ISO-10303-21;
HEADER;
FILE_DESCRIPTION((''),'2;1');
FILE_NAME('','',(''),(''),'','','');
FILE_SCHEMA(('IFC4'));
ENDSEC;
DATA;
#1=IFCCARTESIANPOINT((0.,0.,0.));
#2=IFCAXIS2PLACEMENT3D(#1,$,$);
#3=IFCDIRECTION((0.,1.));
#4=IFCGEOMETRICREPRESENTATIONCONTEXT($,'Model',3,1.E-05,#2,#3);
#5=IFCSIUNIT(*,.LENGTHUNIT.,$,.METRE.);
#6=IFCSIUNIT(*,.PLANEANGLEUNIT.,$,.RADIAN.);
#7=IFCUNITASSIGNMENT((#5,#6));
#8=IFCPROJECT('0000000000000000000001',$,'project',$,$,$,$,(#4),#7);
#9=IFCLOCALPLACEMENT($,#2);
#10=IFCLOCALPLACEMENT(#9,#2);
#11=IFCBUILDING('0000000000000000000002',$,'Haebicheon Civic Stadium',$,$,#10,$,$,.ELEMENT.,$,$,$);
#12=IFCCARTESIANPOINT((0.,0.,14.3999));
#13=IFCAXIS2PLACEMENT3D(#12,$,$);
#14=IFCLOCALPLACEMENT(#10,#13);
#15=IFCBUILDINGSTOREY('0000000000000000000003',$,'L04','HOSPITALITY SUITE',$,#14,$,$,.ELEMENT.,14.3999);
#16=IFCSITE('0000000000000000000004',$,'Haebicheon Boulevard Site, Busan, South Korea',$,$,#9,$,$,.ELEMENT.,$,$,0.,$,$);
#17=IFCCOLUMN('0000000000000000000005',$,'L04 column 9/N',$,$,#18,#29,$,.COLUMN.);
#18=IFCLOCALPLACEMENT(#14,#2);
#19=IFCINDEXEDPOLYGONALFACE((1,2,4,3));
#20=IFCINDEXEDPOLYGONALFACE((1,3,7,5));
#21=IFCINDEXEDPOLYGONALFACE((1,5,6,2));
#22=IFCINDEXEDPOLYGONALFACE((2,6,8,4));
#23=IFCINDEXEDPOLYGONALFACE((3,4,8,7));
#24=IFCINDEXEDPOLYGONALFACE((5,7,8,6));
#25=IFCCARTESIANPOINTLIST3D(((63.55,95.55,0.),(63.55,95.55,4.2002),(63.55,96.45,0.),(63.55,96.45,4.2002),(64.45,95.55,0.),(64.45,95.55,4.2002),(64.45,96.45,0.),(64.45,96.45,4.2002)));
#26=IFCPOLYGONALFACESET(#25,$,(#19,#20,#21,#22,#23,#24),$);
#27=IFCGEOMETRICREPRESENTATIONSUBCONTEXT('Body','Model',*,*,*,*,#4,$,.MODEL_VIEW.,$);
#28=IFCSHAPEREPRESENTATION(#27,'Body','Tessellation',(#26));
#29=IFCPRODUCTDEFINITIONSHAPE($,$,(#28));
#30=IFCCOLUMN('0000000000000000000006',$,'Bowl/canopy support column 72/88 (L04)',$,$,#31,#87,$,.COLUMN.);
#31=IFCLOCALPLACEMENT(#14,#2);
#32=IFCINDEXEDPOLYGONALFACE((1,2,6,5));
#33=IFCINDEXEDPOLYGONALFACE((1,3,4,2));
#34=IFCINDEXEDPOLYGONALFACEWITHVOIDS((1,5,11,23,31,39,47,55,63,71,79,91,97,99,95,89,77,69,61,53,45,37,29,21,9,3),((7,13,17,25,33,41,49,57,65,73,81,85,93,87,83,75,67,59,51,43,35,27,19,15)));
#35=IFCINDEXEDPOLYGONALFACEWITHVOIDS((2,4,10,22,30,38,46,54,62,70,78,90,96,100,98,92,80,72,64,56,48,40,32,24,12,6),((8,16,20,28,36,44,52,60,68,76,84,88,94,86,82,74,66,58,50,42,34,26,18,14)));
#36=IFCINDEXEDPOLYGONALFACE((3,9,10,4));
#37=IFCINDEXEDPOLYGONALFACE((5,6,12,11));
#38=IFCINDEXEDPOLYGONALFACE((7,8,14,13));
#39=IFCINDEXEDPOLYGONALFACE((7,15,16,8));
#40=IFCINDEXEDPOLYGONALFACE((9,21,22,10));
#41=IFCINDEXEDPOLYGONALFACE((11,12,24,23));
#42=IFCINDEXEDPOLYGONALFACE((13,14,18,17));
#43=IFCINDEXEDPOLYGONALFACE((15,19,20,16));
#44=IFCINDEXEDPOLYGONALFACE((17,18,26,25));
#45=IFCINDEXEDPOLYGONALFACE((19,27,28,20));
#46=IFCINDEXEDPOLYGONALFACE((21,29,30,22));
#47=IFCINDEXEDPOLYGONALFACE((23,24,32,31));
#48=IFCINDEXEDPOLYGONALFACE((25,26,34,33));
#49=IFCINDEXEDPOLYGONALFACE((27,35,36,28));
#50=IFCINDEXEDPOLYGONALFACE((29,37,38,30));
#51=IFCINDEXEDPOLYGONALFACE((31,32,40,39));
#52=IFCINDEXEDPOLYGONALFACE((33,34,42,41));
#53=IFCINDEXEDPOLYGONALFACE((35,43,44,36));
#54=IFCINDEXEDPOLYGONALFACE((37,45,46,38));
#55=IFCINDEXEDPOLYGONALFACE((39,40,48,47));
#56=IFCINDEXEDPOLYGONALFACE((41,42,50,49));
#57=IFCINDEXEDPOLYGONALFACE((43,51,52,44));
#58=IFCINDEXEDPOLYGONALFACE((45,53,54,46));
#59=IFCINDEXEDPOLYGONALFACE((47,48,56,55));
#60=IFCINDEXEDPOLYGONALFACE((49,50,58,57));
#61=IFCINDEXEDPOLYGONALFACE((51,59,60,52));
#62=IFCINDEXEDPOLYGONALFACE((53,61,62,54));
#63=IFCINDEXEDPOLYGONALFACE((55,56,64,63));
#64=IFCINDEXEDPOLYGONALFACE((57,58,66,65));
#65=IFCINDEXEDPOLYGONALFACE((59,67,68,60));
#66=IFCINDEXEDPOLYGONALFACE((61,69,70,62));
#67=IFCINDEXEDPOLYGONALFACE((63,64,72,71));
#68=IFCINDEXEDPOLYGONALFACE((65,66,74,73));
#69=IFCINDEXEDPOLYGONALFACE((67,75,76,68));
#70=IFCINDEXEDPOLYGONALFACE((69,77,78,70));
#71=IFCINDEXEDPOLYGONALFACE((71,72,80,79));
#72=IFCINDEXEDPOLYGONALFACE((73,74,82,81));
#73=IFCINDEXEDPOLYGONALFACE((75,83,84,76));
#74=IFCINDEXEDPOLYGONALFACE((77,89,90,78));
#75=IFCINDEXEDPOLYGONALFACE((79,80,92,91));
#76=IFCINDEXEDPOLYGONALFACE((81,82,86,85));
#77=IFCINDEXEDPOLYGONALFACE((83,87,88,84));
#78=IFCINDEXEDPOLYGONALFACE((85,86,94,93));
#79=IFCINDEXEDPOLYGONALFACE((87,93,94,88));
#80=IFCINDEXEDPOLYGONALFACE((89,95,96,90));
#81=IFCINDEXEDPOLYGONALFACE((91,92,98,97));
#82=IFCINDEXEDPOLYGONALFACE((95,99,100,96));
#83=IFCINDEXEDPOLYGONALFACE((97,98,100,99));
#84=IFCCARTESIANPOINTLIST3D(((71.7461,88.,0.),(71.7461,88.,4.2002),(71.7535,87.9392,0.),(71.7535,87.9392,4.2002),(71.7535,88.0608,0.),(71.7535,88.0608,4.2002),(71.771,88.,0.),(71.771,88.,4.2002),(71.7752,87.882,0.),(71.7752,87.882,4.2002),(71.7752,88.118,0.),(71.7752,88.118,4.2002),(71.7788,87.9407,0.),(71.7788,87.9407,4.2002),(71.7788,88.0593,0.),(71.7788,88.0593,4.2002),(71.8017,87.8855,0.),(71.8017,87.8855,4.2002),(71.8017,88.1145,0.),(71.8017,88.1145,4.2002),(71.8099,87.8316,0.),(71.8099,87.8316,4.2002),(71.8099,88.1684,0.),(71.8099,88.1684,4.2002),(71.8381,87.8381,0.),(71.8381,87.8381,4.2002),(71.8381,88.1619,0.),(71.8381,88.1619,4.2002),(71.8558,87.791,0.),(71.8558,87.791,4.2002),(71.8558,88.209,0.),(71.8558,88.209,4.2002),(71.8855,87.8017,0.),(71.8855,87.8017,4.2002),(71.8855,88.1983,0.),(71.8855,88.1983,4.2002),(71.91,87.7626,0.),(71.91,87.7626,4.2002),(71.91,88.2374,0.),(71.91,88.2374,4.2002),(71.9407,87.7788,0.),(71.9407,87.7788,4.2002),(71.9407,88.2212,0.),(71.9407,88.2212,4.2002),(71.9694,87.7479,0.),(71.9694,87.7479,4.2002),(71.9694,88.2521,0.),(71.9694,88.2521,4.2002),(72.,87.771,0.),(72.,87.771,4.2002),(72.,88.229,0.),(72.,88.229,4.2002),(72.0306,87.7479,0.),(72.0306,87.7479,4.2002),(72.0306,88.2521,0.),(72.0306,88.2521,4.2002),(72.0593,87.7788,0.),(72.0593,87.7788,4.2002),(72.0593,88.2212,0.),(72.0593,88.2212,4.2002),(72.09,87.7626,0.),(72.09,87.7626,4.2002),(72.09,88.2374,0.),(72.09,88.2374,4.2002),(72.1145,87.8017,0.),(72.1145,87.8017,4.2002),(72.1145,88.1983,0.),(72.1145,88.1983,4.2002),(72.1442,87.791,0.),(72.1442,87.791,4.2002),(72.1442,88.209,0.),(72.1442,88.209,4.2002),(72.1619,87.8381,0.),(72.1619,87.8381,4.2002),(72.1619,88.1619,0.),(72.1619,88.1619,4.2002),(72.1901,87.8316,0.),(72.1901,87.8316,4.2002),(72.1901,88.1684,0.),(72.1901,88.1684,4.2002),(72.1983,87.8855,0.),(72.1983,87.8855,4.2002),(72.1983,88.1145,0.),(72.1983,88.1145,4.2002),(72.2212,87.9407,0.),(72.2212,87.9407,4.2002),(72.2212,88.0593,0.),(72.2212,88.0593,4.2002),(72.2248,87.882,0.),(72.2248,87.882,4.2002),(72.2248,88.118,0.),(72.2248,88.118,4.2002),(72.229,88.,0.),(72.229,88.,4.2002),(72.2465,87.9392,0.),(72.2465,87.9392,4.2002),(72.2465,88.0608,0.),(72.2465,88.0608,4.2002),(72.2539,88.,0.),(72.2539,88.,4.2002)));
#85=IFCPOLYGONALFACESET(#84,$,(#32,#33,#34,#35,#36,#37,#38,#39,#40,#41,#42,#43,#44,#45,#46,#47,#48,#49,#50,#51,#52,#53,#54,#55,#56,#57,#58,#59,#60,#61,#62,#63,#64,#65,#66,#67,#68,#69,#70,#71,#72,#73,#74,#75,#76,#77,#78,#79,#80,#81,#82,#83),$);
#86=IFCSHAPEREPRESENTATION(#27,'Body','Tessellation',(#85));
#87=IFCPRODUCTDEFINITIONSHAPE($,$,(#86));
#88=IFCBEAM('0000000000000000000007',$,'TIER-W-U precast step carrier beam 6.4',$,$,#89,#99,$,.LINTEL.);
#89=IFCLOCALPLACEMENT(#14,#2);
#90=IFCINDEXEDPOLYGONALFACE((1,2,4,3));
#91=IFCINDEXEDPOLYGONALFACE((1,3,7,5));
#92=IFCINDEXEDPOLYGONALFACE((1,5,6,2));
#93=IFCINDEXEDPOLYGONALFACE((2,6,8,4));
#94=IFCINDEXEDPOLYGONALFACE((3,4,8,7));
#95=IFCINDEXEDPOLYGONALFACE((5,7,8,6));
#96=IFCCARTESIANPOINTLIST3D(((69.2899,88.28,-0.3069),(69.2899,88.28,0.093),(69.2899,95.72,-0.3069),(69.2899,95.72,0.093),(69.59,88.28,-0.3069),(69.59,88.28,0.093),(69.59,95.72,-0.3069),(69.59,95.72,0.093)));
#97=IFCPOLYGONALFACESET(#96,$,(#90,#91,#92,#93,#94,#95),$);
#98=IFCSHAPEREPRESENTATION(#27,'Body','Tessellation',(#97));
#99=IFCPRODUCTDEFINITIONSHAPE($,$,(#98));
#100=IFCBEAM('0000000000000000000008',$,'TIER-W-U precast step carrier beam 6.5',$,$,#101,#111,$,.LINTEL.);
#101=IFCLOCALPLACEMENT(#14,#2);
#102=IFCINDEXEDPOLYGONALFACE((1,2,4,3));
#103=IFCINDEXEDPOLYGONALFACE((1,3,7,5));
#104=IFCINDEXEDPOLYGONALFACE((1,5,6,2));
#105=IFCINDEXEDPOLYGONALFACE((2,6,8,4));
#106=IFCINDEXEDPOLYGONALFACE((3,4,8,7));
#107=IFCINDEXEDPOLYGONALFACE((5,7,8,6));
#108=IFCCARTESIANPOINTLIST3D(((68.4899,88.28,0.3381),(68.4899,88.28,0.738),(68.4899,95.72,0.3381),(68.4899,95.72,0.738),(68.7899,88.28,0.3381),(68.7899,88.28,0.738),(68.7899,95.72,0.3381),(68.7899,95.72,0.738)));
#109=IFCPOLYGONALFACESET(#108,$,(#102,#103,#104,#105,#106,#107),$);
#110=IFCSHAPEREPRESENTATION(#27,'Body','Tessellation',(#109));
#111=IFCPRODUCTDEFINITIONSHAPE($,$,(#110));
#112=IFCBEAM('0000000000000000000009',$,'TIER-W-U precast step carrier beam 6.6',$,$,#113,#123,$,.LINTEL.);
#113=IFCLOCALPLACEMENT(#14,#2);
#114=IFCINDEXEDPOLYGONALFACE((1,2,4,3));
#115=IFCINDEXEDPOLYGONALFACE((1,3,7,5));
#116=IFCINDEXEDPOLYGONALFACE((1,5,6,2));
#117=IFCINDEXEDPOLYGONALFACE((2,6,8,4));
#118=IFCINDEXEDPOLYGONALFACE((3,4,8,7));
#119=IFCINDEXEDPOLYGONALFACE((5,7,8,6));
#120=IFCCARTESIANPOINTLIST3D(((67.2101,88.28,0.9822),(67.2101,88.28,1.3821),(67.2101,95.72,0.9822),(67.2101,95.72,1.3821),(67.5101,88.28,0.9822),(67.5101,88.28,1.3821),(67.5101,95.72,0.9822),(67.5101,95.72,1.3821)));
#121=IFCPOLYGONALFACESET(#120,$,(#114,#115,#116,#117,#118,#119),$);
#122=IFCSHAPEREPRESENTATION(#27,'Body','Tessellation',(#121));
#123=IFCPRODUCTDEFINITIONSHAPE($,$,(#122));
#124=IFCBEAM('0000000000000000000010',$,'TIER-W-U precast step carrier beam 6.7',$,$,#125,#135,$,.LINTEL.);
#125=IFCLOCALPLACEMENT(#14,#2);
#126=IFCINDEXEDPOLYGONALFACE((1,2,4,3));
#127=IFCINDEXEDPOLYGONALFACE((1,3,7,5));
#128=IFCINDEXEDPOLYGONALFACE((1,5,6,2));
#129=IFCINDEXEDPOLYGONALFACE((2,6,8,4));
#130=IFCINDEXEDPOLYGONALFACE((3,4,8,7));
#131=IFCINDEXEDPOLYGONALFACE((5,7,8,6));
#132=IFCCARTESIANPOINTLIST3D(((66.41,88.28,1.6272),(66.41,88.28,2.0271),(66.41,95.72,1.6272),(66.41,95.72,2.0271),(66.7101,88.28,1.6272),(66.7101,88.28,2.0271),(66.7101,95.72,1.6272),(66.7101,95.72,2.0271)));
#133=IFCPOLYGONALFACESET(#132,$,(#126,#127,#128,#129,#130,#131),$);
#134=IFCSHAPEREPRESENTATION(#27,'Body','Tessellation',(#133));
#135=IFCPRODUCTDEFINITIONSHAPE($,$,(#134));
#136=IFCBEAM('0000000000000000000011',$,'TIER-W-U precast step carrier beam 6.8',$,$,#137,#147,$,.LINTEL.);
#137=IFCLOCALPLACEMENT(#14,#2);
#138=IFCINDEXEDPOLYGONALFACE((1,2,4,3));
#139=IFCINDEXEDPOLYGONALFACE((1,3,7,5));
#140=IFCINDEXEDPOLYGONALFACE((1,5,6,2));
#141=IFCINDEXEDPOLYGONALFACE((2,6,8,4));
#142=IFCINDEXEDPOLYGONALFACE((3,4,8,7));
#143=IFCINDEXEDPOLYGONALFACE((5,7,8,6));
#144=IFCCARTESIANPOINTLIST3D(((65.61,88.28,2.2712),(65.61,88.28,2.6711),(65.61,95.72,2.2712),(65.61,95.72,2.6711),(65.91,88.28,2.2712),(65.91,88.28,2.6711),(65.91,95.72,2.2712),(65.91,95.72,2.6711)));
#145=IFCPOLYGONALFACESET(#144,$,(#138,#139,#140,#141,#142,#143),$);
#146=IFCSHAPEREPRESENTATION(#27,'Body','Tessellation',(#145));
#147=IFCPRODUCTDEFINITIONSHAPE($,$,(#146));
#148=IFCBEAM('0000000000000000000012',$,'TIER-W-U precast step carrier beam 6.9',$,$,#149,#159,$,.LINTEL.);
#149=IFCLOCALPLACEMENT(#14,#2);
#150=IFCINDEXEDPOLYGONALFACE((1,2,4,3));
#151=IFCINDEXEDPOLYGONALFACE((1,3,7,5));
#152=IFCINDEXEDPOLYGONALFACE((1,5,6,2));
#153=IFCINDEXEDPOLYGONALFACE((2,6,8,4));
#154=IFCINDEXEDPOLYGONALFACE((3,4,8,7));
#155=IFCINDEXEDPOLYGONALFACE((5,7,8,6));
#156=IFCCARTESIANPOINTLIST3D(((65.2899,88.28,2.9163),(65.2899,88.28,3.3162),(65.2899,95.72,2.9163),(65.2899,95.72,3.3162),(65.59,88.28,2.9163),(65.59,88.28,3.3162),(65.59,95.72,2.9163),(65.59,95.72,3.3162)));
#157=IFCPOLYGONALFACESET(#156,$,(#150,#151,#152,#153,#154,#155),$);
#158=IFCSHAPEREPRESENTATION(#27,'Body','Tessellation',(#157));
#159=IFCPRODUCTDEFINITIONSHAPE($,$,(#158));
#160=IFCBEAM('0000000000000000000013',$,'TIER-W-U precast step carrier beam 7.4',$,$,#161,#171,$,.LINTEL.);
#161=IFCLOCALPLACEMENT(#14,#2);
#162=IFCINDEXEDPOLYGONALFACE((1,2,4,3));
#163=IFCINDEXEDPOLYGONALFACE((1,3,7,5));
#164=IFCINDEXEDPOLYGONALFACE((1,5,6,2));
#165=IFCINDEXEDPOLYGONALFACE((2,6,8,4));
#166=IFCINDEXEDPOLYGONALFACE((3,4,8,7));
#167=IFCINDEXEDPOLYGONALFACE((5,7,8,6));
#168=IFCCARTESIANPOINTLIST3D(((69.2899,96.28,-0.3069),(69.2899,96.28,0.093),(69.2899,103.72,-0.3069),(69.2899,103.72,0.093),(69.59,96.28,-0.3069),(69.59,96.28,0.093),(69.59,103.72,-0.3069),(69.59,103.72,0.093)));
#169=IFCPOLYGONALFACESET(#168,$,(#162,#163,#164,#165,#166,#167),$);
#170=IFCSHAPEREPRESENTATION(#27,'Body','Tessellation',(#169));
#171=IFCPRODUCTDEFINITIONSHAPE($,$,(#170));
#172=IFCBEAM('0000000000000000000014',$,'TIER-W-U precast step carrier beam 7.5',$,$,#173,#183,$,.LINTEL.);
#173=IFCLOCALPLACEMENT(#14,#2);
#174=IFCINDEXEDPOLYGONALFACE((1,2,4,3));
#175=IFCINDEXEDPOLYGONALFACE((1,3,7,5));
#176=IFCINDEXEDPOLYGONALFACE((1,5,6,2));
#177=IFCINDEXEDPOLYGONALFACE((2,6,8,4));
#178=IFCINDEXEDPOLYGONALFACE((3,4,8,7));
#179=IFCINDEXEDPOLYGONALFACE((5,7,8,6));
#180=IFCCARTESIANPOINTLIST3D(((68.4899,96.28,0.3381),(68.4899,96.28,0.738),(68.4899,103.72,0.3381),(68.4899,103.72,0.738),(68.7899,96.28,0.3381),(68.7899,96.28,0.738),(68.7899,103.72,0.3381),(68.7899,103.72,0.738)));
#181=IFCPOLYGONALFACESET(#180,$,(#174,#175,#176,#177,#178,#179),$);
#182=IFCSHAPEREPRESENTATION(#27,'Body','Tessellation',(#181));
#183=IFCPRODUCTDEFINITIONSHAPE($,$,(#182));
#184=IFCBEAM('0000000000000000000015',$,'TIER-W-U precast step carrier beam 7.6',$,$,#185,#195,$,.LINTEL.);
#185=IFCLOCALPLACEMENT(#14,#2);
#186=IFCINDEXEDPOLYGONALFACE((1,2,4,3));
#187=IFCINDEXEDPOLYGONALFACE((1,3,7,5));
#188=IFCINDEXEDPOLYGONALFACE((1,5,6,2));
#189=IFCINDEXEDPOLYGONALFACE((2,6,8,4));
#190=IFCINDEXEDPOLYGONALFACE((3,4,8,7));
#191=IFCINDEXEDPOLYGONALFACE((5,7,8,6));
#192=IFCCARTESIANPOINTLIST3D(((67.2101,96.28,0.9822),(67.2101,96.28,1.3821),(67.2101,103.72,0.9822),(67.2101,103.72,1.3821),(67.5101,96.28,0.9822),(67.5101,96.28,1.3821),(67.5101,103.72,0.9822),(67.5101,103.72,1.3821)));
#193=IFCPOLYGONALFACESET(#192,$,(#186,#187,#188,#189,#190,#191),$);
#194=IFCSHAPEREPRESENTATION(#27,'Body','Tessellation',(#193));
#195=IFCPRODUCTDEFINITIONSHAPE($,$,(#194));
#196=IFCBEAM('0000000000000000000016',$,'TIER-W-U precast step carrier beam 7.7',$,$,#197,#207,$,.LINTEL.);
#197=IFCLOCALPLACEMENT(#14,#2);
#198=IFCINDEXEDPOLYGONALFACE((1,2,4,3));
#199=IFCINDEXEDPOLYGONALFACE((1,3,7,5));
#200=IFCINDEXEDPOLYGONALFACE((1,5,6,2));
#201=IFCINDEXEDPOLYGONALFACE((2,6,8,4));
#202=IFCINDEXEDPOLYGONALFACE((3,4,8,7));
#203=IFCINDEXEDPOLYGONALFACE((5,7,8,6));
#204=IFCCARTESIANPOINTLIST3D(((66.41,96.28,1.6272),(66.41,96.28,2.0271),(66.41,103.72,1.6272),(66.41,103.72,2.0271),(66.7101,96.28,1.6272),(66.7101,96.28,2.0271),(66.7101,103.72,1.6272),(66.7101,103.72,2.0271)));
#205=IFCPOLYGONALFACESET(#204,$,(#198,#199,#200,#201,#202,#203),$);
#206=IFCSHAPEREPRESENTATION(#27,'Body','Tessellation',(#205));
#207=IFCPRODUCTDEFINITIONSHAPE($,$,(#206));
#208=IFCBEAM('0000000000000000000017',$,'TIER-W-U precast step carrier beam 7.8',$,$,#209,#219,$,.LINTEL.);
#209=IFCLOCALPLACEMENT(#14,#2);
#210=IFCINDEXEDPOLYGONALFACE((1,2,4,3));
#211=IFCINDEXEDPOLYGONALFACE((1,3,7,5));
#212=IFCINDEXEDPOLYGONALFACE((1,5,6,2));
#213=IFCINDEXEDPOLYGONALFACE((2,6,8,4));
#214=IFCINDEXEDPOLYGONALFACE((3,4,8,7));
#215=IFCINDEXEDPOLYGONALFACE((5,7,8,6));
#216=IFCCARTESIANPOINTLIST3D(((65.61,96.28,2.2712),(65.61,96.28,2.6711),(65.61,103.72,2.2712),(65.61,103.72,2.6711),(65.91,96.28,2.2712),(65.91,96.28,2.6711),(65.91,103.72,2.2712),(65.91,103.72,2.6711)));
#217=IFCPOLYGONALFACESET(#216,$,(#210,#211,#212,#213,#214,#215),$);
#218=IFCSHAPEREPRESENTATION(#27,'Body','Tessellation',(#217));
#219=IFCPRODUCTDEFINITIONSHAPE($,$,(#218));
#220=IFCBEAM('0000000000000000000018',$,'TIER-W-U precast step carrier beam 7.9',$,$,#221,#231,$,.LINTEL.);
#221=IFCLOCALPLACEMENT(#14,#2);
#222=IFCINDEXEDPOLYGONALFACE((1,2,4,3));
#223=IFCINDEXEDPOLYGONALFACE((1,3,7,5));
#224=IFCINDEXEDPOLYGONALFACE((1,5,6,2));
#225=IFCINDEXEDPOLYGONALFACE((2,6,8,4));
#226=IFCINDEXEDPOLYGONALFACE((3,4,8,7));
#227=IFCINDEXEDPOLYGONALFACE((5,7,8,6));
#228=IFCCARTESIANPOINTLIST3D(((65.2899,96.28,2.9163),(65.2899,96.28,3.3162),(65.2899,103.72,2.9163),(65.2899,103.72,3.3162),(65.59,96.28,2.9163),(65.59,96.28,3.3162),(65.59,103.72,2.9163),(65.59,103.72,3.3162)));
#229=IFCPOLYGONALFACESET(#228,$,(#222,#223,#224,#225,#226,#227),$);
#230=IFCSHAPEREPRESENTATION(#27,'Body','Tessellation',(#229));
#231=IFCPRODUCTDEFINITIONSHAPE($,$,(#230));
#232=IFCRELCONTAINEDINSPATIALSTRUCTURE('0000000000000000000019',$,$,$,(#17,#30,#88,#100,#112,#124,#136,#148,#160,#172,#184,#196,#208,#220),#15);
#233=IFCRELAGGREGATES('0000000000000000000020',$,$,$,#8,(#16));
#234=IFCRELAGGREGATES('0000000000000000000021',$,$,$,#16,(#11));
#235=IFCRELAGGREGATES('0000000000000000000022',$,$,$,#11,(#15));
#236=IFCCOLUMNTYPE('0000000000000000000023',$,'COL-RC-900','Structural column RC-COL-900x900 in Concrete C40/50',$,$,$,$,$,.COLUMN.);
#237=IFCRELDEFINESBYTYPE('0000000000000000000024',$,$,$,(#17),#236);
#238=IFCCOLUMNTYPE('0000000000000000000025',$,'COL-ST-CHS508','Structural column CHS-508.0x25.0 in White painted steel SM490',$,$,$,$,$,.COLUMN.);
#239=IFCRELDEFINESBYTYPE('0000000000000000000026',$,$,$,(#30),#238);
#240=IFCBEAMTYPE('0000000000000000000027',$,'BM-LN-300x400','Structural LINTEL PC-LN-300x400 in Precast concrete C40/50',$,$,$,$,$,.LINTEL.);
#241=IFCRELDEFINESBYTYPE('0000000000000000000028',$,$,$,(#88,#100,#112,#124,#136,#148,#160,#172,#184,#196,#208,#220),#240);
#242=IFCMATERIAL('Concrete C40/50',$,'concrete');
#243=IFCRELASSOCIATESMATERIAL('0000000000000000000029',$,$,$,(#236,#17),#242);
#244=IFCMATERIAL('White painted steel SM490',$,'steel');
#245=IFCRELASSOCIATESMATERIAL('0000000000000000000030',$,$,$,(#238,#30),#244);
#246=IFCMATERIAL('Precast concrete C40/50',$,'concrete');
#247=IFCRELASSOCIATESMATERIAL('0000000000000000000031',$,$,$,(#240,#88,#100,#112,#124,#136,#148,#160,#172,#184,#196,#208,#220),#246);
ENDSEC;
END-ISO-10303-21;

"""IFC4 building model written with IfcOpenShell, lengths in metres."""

from ifc_helpers import new_model, si_unit, direction, frame, origin, origin_2d, place, context, subcontext, project, spatial, rectangle, hollow_circle, extrude, material, material_profile, profile_set, type_object, element, save


model = new_model("IFC4")

# Units and contexts
model_context = context("Model", 3, precision=1e-05, world=origin(), true_north=direction((0.0, 1.0)))
body_context = subcontext(model_context, "Body", "Model", "MODEL_VIEW")
ifc_project = project(units=[si_unit("LENGTHUNIT", "METRE"), si_unit("PLANEANGLEUNIT", "RADIAN")], contexts=[model_context])

# Site, building, storey
site_placement = place(None, origin())
site = spatial("IfcSite", under=ifc_project, at=site_placement, Name="Haebicheon Boulevard Site, Busan, South Korea", CompositionType="ELEMENT", RefElevation=0.0)
building_placement = place(site_placement, origin())
building = spatial("IfcBuilding", under=site, at=building_placement, Name="Haebicheon Civic Stadium", CompositionType="ELEMENT")
storey_placement = place(building_placement, frame((0.0, 0.0, 14.3999)))
storey = spatial("IfcBuildingStorey", under=building, at=storey_placement, Name="L04", Description="HOSPITALITY SUITE", CompositionType="ELEMENT", Elevation=14.3999)

# Columns
ifc_material_1 = material(Name="Concrete C40/50", Category="concrete")
ifc_material_profile_1 = material_profile(ifc_material_1, rectangle(XDim=0.8999, YDim=0.8999, at=origin_2d()), Name="RC-COL-900x900")
ifc_profile_set_1 = profile_set([ifc_material_profile_1], Name="Concrete C40/50")
column_type_1 = type_object("IfcColumnType", Name="COL-RC-900", Description="Structural column RC-COL-900x900 in Concrete C40/50", PredefinedType="COLUMN", material=ifc_profile_set_1)
column_1_placement = place(storey_placement, frame((64.0, 96.0, 0.0), z_axis=(0.0, 0.0, 1.0), x_axis=(1.0, 0.0, 0.0)))
element("IfcColumn", 1, at=column_1_placement, inside=storey, type_object=column_type_1, material=ifc_profile_set_1, Name="L04 column 9/N", PredefinedType="COLUMN", context=body_context, shape_type="SweptSolid", body=[
    extrude(rectangle(XDim=0.8999, YDim=0.8999, at=origin_2d()), origin(), (0.0, 0.0, 1.0), 4.2002),
])
ifc_material_2 = material(Name="White painted steel SM490", Category="steel")
ifc_material_profile_2 = material_profile(ifc_material_2, hollow_circle(Radius=0.2539, WallThickness=0.0249, at=origin_2d()), Name="CHS-508.0x25.0")
ifc_profile_set_2 = profile_set([ifc_material_profile_2], Name="White painted steel SM490")
column_type_2 = type_object("IfcColumnType", Name="COL-ST-CHS508", Description="Structural column CHS-508.0x25.0 in White painted steel SM490", PredefinedType="COLUMN", material=ifc_profile_set_2)
column_2_placement = place(storey_placement, frame((72.0, 88.0, 0.0), z_axis=(0.0, 0.0, 1.0), x_axis=(1.0, 0.0, 0.0)))
element("IfcColumn", 2, at=column_2_placement, inside=storey, type_object=column_type_2, material=ifc_profile_set_2, Name="Bowl/canopy support column 72/88 (L04)", PredefinedType="COLUMN", context=body_context, shape_type="SweptSolid", body=[
    extrude(hollow_circle(Radius=0.2539, WallThickness=0.0249, at=origin_2d()), origin(), (0.0, 0.0, 1.0), 4.2002),
])

# Beams
ifc_material_3 = material(Name="Precast concrete C40/50", Category="concrete")
ifc_material_profile_3 = material_profile(ifc_material_3, rectangle(XDim=0.3, YDim=0.3999, at=origin_2d()), Name="PC-LN-300x400")
ifc_profile_set_3 = profile_set([ifc_material_profile_3], Name="Precast concrete C40/50")
beam_type_1 = type_object("IfcBeamType", Name="BM-LN-300x400", Description="Structural LINTEL PC-LN-300x400 in Precast concrete C40/50", PredefinedType="LINTEL", material=ifc_profile_set_3)
for number, where, z_axis, x_axis, name in (
    (3, (69.4399, 88.28, -0.1069), (0.0, 1.0, 0.0), (-1.0, 0.0, 0.0), "TIER-W-U precast step carrier beam 6.4"),
    (4, (68.6399, 88.28, 0.5381), (0.0, 1.0, 0.0), (-1.0, 0.0, 0.0), "TIER-W-U precast step carrier beam 6.5"),
    (5, (67.3601, 88.28, 1.1821), (0.0, 1.0, 0.0), (-1.0, 0.0, 0.0), "TIER-W-U precast step carrier beam 6.6"),
    (6, (66.5601, 88.28, 1.8271), (0.0, 1.0, 0.0), (-1.0, 0.0, 0.0), "TIER-W-U precast step carrier beam 6.7"),
    (7, (65.76, 88.28, 2.4712), (0.0, 1.0, 0.0), (-1.0, 0.0, 0.0), "TIER-W-U precast step carrier beam 6.8"),
    (8, (65.4399, 88.28, 3.1162), (0.0, 1.0, 0.0), (-1.0, 0.0, 0.0), "TIER-W-U precast step carrier beam 6.9"),
    (9, (69.4399, 96.28, -0.1069), (0.0, 1.0, 0.0), (-1.0, 0.0, 0.0), "TIER-W-U precast step carrier beam 7.4"),
    (10, (68.6399, 96.28, 0.5381), (0.0, 1.0, 0.0), (-1.0, 0.0, 0.0), "TIER-W-U precast step carrier beam 7.5"),
    (11, (67.3601, 96.28, 1.1821), (0.0, 1.0, 0.0), (-1.0, 0.0, 0.0), "TIER-W-U precast step carrier beam 7.6"),
    (12, (66.5601, 96.28, 1.8271), (0.0, 1.0, 0.0), (-1.0, 0.0, 0.0), "TIER-W-U precast step carrier beam 7.7"),
    (13, (65.76, 96.28, 2.4712), (0.0, 1.0, 0.0), (-1.0, 0.0, 0.0), "TIER-W-U precast step carrier beam 7.8"),
    (14, (65.4399, 96.28, 3.1162), (0.0, 1.0, 0.0), (-1.0, 0.0, 0.0), "TIER-W-U precast step carrier beam 7.9"),
):
    element("IfcBeam", number, at=place(storey_placement, frame(where, z_axis=z_axis, x_axis=x_axis)), inside=storey, type_object=beam_type_1, material=ifc_profile_set_3, Name=name, PredefinedType="LINTEL", context=body_context, shape_type="SweptSolid", body=[
        extrude(rectangle(XDim=0.3, YDim=0.3999, at=origin_2d()), origin(), (0.0, 0.0, 1.0), 7.4399),
    ])

save(model, "model.ifc")
